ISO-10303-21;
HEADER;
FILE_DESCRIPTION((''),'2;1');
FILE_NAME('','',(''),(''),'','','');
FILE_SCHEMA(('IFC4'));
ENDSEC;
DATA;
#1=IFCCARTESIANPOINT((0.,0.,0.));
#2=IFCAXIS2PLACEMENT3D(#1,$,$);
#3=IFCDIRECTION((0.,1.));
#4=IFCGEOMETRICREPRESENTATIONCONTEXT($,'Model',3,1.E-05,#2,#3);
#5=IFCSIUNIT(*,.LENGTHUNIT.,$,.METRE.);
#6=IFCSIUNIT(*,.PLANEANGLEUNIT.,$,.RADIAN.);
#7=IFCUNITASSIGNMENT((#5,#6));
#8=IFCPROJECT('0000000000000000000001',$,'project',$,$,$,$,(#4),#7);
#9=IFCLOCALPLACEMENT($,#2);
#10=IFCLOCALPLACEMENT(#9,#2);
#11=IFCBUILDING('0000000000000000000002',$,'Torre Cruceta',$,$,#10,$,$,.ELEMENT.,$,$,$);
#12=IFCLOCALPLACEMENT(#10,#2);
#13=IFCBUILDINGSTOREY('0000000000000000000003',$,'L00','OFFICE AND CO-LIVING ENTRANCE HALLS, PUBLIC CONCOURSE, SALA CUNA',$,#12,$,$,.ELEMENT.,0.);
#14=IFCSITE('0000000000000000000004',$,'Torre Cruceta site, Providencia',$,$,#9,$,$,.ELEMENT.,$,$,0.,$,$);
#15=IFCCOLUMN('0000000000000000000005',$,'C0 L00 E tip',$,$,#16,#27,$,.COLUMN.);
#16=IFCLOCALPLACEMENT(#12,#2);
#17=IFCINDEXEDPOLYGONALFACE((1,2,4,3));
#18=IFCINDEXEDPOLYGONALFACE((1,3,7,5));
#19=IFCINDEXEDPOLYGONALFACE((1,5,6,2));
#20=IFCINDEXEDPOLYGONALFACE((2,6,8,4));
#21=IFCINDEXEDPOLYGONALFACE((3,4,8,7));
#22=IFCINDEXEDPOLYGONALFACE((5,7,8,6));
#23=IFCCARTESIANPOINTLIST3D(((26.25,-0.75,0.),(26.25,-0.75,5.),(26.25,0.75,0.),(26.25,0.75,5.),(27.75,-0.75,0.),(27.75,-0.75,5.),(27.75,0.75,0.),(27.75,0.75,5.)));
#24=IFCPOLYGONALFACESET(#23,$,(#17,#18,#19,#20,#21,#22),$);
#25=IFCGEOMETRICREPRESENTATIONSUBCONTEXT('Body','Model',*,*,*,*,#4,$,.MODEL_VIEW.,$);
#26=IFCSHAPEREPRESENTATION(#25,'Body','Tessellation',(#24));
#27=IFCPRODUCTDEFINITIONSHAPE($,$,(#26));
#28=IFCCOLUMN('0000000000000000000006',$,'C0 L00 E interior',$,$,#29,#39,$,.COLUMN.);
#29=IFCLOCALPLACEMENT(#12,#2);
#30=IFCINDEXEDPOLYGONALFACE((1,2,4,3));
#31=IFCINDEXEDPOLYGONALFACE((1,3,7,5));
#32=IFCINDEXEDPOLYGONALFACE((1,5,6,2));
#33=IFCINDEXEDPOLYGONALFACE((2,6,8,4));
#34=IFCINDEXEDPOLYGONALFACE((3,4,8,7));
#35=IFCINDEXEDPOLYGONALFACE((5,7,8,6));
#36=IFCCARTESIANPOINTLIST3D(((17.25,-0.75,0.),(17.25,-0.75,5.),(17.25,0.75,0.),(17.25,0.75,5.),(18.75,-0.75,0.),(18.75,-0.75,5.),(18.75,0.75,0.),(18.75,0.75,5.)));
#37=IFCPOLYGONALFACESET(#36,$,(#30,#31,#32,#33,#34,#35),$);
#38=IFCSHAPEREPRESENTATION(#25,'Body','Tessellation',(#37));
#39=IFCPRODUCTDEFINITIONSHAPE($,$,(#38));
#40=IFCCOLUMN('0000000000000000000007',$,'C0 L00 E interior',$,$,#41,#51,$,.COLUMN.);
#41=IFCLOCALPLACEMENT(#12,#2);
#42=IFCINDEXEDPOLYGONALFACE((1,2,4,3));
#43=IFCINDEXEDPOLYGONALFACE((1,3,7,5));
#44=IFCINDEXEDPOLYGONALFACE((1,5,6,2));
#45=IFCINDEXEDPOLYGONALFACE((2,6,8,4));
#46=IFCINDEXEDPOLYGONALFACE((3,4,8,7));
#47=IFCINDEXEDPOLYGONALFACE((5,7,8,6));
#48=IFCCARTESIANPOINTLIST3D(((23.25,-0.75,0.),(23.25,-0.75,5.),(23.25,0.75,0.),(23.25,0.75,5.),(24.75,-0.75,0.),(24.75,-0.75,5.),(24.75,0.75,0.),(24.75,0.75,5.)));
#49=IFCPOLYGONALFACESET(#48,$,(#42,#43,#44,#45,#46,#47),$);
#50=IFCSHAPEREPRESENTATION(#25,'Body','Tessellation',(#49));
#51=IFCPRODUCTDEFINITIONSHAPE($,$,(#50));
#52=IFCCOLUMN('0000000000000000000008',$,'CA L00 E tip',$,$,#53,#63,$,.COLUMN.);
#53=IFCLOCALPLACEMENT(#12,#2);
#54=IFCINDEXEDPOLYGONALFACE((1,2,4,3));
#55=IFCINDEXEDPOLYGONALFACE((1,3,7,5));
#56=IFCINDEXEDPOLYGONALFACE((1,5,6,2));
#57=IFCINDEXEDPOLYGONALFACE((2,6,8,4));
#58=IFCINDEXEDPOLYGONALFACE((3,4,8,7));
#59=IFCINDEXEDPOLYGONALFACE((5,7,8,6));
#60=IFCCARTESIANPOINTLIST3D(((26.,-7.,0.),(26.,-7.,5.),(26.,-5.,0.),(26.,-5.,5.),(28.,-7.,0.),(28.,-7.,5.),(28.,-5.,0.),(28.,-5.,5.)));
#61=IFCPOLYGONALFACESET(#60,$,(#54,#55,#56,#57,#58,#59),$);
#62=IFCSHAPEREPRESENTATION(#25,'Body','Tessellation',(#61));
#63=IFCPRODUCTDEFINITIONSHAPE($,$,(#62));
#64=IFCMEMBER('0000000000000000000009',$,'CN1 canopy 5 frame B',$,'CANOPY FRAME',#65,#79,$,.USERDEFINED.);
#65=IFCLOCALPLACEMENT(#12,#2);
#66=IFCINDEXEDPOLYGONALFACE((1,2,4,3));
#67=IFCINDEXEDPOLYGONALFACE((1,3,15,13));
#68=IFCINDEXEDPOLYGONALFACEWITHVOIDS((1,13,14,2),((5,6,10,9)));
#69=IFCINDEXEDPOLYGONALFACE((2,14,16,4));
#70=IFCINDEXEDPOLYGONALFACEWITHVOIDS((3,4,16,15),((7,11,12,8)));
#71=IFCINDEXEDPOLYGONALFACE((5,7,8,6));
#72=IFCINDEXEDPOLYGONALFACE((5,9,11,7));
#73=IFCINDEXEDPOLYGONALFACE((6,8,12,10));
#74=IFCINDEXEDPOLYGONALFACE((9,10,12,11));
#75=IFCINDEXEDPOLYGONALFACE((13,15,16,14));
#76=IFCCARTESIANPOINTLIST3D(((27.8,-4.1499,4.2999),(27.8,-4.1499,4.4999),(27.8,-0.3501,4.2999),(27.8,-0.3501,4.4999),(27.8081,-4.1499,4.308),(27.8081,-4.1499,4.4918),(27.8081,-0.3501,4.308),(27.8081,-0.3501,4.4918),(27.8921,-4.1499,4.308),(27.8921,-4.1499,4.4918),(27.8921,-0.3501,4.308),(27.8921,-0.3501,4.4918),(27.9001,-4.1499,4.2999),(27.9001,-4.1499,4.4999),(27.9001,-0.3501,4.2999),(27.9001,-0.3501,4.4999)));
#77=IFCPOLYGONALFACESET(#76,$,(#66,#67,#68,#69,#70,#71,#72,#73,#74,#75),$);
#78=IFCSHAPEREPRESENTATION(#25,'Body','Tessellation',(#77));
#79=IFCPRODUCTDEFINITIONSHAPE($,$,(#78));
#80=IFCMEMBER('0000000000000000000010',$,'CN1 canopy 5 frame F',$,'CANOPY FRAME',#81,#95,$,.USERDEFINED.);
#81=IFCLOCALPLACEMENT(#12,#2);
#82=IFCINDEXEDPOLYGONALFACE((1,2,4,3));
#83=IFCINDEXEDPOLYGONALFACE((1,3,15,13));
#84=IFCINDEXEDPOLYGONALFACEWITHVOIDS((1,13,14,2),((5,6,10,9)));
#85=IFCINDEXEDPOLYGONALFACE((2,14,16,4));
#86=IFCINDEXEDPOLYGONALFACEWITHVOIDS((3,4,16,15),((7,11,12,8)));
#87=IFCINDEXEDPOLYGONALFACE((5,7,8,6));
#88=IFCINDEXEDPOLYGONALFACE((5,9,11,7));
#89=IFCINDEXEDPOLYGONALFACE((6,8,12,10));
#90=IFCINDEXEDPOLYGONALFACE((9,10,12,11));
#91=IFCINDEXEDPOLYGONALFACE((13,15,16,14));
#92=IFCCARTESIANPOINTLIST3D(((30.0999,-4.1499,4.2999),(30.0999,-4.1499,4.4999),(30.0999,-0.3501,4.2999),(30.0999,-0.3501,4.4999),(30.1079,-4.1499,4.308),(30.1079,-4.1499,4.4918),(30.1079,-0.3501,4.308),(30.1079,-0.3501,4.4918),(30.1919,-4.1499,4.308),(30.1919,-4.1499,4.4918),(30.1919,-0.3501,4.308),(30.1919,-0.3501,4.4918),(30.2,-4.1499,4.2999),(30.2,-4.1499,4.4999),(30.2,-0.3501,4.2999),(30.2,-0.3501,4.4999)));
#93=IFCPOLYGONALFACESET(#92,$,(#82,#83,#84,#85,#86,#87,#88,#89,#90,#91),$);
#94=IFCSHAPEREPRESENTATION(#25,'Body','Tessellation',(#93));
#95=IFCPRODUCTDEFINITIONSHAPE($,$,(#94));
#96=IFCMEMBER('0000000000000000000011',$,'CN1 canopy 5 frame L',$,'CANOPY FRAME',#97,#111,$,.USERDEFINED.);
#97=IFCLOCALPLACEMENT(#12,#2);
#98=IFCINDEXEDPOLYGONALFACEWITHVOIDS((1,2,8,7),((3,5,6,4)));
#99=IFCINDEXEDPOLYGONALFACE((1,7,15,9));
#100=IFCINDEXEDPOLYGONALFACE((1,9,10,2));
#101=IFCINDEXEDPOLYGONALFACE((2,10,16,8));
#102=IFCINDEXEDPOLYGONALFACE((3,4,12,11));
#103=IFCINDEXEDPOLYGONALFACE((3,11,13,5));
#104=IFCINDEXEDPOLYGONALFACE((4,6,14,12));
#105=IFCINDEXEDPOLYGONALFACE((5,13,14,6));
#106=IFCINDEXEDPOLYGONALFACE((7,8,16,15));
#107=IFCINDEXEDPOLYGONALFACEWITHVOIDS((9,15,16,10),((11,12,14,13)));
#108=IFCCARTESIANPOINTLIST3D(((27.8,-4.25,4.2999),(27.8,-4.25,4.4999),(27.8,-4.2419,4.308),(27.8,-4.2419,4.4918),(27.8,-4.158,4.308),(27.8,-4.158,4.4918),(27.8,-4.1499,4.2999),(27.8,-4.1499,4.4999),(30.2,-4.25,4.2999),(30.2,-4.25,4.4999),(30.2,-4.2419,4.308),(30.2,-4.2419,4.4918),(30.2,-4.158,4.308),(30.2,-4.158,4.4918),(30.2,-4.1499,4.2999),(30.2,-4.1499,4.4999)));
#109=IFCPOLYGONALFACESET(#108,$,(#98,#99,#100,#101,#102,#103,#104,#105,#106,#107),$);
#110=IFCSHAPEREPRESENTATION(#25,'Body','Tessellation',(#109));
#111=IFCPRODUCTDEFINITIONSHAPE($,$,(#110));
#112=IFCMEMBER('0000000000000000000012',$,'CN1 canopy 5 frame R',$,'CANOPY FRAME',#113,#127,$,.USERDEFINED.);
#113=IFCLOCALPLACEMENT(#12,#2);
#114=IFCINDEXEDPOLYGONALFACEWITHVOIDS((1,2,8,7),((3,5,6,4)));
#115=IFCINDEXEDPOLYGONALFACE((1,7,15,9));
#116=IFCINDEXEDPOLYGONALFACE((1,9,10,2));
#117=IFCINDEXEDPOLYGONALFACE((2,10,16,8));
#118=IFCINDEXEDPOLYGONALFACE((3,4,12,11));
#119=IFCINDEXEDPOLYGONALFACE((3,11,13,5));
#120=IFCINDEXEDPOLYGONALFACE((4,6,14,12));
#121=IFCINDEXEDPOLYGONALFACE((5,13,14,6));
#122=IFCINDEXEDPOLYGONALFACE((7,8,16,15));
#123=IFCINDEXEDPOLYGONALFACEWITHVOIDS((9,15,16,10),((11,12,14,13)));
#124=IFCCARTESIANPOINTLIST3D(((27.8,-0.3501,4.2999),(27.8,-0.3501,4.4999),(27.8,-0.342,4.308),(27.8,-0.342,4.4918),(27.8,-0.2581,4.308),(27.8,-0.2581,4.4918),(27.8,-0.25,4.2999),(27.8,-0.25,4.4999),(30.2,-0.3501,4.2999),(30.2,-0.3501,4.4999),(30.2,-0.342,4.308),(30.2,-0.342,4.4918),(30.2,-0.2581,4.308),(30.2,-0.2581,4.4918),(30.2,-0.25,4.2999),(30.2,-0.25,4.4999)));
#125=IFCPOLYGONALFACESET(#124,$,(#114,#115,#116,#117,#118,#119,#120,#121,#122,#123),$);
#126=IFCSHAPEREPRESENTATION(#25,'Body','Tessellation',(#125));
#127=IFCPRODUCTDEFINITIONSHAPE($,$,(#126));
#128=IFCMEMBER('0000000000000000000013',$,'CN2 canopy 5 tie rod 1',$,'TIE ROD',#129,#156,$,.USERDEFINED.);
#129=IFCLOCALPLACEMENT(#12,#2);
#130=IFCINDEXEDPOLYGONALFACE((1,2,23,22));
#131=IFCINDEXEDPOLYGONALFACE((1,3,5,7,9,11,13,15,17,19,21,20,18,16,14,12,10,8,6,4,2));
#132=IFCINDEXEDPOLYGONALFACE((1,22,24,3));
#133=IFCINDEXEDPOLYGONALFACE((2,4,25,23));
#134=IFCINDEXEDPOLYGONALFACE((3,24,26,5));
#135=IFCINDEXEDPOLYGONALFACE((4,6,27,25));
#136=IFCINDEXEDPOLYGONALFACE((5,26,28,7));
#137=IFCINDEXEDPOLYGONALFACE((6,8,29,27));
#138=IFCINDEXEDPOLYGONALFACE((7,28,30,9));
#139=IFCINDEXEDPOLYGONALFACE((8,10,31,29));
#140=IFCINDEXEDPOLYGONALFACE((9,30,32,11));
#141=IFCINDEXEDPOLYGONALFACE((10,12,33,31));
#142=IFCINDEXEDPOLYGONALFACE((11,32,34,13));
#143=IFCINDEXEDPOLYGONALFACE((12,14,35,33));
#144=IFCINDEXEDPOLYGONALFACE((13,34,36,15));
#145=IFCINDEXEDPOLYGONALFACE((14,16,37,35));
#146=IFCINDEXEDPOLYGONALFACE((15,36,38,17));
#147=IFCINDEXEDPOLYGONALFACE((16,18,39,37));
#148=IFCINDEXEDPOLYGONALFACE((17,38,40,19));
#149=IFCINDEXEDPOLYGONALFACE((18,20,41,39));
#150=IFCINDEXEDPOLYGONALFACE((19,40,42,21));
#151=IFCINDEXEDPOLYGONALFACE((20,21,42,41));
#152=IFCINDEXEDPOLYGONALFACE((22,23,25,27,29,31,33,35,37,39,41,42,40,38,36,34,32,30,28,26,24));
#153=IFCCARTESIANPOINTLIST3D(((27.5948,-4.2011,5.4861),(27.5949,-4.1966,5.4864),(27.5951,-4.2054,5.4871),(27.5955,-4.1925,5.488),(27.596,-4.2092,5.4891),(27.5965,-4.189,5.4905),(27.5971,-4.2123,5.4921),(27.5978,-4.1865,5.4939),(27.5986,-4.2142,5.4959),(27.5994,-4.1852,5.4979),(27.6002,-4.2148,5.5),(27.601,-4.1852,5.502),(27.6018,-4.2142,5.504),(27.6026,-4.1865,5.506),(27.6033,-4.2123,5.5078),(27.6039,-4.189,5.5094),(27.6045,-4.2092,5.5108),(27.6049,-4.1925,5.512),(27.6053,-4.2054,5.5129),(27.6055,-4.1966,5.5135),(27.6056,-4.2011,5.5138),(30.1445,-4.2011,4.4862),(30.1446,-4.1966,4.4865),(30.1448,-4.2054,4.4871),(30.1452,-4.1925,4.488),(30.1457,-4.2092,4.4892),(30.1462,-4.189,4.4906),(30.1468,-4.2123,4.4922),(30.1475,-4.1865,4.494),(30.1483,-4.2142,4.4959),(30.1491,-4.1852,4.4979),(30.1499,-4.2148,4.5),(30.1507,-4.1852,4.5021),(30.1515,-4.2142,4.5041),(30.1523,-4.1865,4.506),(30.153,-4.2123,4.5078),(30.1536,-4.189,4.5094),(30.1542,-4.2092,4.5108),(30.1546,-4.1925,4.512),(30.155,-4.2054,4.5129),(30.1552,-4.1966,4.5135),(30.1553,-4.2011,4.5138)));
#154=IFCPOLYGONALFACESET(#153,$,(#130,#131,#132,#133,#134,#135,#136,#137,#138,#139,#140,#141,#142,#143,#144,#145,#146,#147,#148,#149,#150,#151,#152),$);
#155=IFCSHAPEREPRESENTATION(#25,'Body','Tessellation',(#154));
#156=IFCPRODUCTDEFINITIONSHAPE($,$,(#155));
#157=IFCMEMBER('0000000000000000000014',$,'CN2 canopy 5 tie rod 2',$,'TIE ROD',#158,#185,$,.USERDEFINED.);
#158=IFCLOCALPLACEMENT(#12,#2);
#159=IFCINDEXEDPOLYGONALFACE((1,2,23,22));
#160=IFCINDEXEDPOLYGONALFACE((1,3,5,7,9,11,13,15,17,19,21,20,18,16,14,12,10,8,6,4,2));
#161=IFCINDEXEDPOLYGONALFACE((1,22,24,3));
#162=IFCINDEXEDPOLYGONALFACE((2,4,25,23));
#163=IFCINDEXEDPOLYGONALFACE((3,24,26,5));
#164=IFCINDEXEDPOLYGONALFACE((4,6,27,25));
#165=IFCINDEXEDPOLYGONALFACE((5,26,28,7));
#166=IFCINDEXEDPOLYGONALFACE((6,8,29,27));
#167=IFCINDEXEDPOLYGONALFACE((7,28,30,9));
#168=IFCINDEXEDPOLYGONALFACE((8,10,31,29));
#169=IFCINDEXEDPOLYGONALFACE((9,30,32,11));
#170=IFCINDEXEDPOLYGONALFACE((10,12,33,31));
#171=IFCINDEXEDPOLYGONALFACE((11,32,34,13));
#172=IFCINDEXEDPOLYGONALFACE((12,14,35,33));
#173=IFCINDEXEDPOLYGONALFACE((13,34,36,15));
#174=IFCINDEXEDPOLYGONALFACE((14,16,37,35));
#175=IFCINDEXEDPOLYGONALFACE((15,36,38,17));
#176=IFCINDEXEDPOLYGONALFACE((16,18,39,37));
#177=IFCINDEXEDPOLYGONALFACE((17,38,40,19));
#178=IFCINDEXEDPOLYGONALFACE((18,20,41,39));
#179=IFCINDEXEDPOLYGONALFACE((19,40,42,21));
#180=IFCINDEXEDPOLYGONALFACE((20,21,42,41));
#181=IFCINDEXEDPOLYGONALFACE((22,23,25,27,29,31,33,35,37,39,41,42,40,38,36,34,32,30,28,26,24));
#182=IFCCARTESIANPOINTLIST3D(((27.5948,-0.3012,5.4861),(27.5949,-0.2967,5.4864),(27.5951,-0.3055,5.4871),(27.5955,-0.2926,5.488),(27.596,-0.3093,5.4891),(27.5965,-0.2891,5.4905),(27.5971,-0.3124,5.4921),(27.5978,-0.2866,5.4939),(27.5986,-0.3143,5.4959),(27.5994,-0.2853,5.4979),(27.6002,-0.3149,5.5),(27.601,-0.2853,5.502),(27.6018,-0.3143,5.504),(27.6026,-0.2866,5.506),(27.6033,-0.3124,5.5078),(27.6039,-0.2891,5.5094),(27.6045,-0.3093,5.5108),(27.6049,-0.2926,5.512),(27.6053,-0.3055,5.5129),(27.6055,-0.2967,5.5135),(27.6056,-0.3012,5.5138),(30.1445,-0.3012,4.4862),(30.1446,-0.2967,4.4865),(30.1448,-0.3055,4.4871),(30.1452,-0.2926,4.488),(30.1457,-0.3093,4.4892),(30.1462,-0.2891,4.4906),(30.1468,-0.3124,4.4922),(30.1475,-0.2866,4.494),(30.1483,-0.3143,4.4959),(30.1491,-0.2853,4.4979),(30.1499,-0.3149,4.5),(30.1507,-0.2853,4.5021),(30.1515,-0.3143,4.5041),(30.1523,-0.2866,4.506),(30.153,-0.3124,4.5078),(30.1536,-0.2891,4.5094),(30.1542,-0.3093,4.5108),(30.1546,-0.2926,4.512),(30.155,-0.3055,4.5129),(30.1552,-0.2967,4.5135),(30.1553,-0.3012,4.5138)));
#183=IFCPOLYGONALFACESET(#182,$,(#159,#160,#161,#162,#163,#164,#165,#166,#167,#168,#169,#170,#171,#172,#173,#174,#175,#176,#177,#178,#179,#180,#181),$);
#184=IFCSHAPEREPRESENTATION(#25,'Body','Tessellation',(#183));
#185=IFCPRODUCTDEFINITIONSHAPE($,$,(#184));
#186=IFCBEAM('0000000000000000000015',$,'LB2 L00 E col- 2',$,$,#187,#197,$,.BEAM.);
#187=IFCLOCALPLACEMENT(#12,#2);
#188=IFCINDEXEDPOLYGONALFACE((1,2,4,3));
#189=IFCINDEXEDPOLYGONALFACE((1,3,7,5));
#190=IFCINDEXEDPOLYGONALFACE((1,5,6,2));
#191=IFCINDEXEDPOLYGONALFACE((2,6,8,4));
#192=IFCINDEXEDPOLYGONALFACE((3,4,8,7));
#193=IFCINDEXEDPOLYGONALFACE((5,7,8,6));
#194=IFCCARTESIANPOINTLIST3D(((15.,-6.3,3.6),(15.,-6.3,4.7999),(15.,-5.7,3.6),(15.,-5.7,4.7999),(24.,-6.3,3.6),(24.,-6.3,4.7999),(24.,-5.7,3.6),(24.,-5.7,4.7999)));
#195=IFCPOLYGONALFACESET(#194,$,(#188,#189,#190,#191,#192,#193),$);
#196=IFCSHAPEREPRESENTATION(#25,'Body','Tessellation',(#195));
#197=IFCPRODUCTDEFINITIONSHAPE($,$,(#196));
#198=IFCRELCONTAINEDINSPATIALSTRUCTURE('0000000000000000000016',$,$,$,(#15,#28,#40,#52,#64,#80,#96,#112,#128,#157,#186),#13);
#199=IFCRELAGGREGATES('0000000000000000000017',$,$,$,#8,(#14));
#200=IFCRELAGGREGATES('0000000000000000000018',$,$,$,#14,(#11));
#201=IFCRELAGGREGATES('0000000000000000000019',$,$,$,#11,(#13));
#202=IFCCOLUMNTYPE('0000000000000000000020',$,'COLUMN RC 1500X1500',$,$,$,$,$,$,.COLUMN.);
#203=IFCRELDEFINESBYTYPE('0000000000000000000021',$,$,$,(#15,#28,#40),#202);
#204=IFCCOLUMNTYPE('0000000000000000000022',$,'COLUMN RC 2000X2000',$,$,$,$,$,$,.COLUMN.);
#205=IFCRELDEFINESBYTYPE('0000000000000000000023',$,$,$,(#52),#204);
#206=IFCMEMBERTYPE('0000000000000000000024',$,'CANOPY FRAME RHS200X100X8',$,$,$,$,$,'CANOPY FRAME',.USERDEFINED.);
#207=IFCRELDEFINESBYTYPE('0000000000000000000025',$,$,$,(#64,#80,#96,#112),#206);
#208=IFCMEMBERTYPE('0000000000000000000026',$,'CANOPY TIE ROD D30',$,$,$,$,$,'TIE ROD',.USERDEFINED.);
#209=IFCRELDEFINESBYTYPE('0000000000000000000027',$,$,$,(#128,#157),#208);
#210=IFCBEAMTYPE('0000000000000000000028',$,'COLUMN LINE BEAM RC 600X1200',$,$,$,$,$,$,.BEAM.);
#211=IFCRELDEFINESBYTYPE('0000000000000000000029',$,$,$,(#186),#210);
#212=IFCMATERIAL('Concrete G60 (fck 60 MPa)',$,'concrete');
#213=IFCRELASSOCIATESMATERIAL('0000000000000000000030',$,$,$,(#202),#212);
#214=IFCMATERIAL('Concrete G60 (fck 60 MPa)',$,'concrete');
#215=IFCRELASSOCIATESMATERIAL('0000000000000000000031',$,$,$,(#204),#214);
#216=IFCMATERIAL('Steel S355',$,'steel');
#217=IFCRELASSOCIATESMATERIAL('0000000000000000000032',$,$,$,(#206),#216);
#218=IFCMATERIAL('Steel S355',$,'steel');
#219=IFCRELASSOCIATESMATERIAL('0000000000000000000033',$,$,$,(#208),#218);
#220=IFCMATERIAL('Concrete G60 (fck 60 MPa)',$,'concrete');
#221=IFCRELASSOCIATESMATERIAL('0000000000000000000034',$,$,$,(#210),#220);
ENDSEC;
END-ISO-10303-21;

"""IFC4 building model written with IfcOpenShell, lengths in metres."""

from ifc_helpers import new_model, si_unit, direction, frame, origin, origin_2d, place, context, subcontext, project, spatial, rectangle, hollow_rectangle, circle, extrude, material, material_profile, profile_set, type_object, element, save


model = new_model("IFC4")

# Units and contexts
model_context = context("Model", 3, precision=1e-05, world=origin(), true_north=direction((0.0, 1.0)))
body_context = subcontext(model_context, "Body", "Model", "MODEL_VIEW")
ifc_project = project(units=[si_unit("LENGTHUNIT", "METRE"), si_unit("PLANEANGLEUNIT", "RADIAN")], contexts=[model_context])

# Site, building, storey
site_placement = place(None, origin())
site = spatial("IfcSite", under=ifc_project, at=site_placement, Name="Torre Cruceta site, Providencia", CompositionType="ELEMENT", RefElevation=0.0)
building_placement = place(site_placement, origin())
building = spatial("IfcBuilding", under=site, at=building_placement, Name="Torre Cruceta", CompositionType="ELEMENT")
storey_placement = place(building_placement, origin())
storey = spatial("IfcBuildingStorey", under=building, at=storey_placement, Name="L00", Description="OFFICE AND CO-LIVING ENTRANCE HALLS, PUBLIC CONCOURSE, SALA CUNA", CompositionType="ELEMENT", Elevation=0.0)

# Columns
ifc_material_1 = material(Name="Concrete G60 (fck 60 MPa)", Category="concrete")
ifc_material_profile_1 = material_profile(ifc_material_1, rectangle(XDim=1.5, YDim=1.5, at=origin_2d()), Name="RC 1500X1500")
ifc_profile_set_1 = profile_set([ifc_material_profile_1], Name="Concrete G60 (fck 60 MPa)")
column_type_1 = type_object("IfcColumnType", Name="COLUMN RC 1500X1500", PredefinedType="COLUMN", material=ifc_profile_set_1)
for number, where, z_axis, x_axis, name in (
    (1, (27.0, 0.0, 0.0), (0.0, 0.0, 1.0), (1.0, 0.0, 0.0), "C0 L00 E tip"),
    (2, (18.0, 0.0, 0.0), (0.0, 0.0, 1.0), (1.0, 0.0, 0.0), "C0 L00 E interior"),
    (3, (24.0, 0.0, 0.0), (0.0, 0.0, 1.0), (1.0, 0.0, 0.0), "C0 L00 E interior"),
):
    element("IfcColumn", number, at=place(storey_placement, frame(where, z_axis=z_axis, x_axis=x_axis)), inside=storey, type_object=column_type_1, Name=name, PredefinedType="COLUMN", context=body_context, shape_type="SweptSolid", body=[
        extrude(rectangle(XDim=1.5, YDim=1.5, at=origin_2d()), origin(), (0.0, 0.0, 1.0), 5.0),
    ])
ifc_material_2 = material(Name="Concrete G60 (fck 60 MPa)", Category="concrete")
ifc_material_profile_2 = material_profile(ifc_material_2, rectangle(XDim=2.0, YDim=2.0, at=origin_2d()), Name="RC 2000X2000")
ifc_profile_set_2 = profile_set([ifc_material_profile_2], Name="Concrete G60 (fck 60 MPa)")
column_type_2 = type_object("IfcColumnType", Name="COLUMN RC 2000X2000", PredefinedType="COLUMN", material=ifc_profile_set_2)
column_placement = place(storey_placement, frame((27.0, -6.0, 0.0), z_axis=(0.0, 0.0, 1.0), x_axis=(1.0, 0.0, 0.0)))
element("IfcColumn", 4, at=column_placement, inside=storey, type_object=column_type_2, Name="CA L00 E tip", PredefinedType="COLUMN", context=body_context, shape_type="SweptSolid", body=[
    extrude(rectangle(XDim=2.0, YDim=2.0, at=origin_2d()), origin(), (0.0, 0.0, 1.0), 5.0),
])

# Members
ifc_material_3 = material(Name="Steel S355", Category="steel")
ifc_material_profile_3 = material_profile(ifc_material_3, hollow_rectangle(XDim=0.1001, YDim=0.2, WallThickness=0.0081, at=origin_2d()), Name="RHS200X100X8")
ifc_profile_set_3 = profile_set([ifc_material_profile_3], Name="Steel S355")
member_type_1 = type_object("IfcMemberType", Name="CANOPY FRAME RHS200X100X8", ElementType="CANOPY FRAME", PredefinedType="USERDEFINED", material=ifc_profile_set_3)
for number, where, z_axis, x_axis, name in (
    (5, (27.8501, -4.1499, 4.3999), (0.0, 1.0, 0.0), (-1.0, 0.0, 0.0), "CN1 canopy 5 frame B"),
    (6, (30.1499, -4.1499, 4.3999), (0.0, 1.0, 0.0), (-1.0, 0.0, 0.0), "CN1 canopy 5 frame F"),
):
    element("IfcMember", number, at=place(storey_placement, frame(where, z_axis=z_axis, x_axis=x_axis)), inside=storey, type_object=member_type_1, Name=name, ObjectType="CANOPY FRAME", PredefinedType="USERDEFINED", context=body_context, shape_type="SweptSolid", body=[
        extrude(hollow_rectangle(XDim=0.1001, YDim=0.2, WallThickness=0.0081, at=origin_2d()), origin(), (0.0, 0.0, 1.0), 3.7998),
    ])
for number, where, z_axis, x_axis, name in (
    (7, (27.8, -4.2, 4.3999), (1.0, 0.0, 0.0), (0.0, 1.0, 0.0), "CN1 canopy 5 frame L"),
    (8, (27.8, -0.3, 4.3999), (1.0, 0.0, 0.0), (0.0, 1.0, 0.0), "CN1 canopy 5 frame R"),
):
    element("IfcMember", number, at=place(storey_placement, frame(where, z_axis=z_axis, x_axis=x_axis)), inside=storey, type_object=member_type_1, Name=name, ObjectType="CANOPY FRAME", PredefinedType="USERDEFINED", context=body_context, shape_type="SweptSolid", body=[
        extrude(hollow_rectangle(XDim=0.1001, YDim=0.2, WallThickness=0.0081, at=origin_2d()), origin(), (0.0, 0.0, 1.0), 2.3999),
    ])
ifc_material_4 = material(Name="Steel S355", Category="steel")
ifc_material_profile_4 = material_profile(ifc_material_4, circle(Radius=0.0149, at=origin_2d()), Name="ROD D30")
ifc_profile_set_4 = profile_set([ifc_material_profile_4], Name="Steel S355")
member_type_2 = type_object("IfcMemberType", Name="CANOPY TIE ROD D30", ElementType="TIE ROD", PredefinedType="USERDEFINED", material=ifc_profile_set_4)
for number, where, z_axis, x_axis, name in (
    (9, (30.1499, -4.2, 4.5), (-0.930964, 0.0, 0.365112), (0.0, -1.0, 0.0), "CN2 canopy 5 tie rod 1"),
    (10, (30.1499, -0.3, 4.5), (-0.930964, 0.0, 0.365112), (0.0, -1.0, 0.0), "CN2 canopy 5 tie rod 2"),
):
    element("IfcMember", number, at=place(storey_placement, frame(where, z_axis=z_axis, x_axis=x_axis)), inside=storey, type_object=member_type_2, Name=name, ObjectType="TIE ROD", PredefinedType="USERDEFINED", context=body_context, shape_type="SweptSolid", body=[
        extrude(circle(Radius=0.0149, at=origin_2d()), origin(), (0.0, 0.0, 1.0), 2.7388),
    ])

# Beam
ifc_material_5 = material(Name="Concrete G60 (fck 60 MPa)", Category="concrete")
ifc_material_profile_5 = material_profile(ifc_material_5, rectangle(XDim=0.6001, YDim=1.2, at=origin_2d()), Name="RC 600X1200")
ifc_profile_set_5 = profile_set([ifc_material_profile_5], Name="Concrete G60 (fck 60 MPa)")
beam_type_1 = type_object("IfcBeamType", Name="COLUMN LINE BEAM RC 600X1200", PredefinedType="BEAM", material=ifc_profile_set_5)
beam_1_placement = place(storey_placement, frame((15.0, -6.0, 4.2), z_axis=(1.0, 0.0, 0.0), x_axis=(0.0, 1.0, 0.0)))
element("IfcBeam", 11, at=beam_1_placement, inside=storey, type_object=beam_type_1, Name="LB2 L00 E col- 2", PredefinedType="BEAM", context=body_context, shape_type="SweptSolid", body=[
    extrude(rectangle(XDim=0.6001, YDim=1.2, at=origin_2d()), origin(), (0.0, 0.0, 1.0), 9.0),
])

save(model, "model.ifc")
